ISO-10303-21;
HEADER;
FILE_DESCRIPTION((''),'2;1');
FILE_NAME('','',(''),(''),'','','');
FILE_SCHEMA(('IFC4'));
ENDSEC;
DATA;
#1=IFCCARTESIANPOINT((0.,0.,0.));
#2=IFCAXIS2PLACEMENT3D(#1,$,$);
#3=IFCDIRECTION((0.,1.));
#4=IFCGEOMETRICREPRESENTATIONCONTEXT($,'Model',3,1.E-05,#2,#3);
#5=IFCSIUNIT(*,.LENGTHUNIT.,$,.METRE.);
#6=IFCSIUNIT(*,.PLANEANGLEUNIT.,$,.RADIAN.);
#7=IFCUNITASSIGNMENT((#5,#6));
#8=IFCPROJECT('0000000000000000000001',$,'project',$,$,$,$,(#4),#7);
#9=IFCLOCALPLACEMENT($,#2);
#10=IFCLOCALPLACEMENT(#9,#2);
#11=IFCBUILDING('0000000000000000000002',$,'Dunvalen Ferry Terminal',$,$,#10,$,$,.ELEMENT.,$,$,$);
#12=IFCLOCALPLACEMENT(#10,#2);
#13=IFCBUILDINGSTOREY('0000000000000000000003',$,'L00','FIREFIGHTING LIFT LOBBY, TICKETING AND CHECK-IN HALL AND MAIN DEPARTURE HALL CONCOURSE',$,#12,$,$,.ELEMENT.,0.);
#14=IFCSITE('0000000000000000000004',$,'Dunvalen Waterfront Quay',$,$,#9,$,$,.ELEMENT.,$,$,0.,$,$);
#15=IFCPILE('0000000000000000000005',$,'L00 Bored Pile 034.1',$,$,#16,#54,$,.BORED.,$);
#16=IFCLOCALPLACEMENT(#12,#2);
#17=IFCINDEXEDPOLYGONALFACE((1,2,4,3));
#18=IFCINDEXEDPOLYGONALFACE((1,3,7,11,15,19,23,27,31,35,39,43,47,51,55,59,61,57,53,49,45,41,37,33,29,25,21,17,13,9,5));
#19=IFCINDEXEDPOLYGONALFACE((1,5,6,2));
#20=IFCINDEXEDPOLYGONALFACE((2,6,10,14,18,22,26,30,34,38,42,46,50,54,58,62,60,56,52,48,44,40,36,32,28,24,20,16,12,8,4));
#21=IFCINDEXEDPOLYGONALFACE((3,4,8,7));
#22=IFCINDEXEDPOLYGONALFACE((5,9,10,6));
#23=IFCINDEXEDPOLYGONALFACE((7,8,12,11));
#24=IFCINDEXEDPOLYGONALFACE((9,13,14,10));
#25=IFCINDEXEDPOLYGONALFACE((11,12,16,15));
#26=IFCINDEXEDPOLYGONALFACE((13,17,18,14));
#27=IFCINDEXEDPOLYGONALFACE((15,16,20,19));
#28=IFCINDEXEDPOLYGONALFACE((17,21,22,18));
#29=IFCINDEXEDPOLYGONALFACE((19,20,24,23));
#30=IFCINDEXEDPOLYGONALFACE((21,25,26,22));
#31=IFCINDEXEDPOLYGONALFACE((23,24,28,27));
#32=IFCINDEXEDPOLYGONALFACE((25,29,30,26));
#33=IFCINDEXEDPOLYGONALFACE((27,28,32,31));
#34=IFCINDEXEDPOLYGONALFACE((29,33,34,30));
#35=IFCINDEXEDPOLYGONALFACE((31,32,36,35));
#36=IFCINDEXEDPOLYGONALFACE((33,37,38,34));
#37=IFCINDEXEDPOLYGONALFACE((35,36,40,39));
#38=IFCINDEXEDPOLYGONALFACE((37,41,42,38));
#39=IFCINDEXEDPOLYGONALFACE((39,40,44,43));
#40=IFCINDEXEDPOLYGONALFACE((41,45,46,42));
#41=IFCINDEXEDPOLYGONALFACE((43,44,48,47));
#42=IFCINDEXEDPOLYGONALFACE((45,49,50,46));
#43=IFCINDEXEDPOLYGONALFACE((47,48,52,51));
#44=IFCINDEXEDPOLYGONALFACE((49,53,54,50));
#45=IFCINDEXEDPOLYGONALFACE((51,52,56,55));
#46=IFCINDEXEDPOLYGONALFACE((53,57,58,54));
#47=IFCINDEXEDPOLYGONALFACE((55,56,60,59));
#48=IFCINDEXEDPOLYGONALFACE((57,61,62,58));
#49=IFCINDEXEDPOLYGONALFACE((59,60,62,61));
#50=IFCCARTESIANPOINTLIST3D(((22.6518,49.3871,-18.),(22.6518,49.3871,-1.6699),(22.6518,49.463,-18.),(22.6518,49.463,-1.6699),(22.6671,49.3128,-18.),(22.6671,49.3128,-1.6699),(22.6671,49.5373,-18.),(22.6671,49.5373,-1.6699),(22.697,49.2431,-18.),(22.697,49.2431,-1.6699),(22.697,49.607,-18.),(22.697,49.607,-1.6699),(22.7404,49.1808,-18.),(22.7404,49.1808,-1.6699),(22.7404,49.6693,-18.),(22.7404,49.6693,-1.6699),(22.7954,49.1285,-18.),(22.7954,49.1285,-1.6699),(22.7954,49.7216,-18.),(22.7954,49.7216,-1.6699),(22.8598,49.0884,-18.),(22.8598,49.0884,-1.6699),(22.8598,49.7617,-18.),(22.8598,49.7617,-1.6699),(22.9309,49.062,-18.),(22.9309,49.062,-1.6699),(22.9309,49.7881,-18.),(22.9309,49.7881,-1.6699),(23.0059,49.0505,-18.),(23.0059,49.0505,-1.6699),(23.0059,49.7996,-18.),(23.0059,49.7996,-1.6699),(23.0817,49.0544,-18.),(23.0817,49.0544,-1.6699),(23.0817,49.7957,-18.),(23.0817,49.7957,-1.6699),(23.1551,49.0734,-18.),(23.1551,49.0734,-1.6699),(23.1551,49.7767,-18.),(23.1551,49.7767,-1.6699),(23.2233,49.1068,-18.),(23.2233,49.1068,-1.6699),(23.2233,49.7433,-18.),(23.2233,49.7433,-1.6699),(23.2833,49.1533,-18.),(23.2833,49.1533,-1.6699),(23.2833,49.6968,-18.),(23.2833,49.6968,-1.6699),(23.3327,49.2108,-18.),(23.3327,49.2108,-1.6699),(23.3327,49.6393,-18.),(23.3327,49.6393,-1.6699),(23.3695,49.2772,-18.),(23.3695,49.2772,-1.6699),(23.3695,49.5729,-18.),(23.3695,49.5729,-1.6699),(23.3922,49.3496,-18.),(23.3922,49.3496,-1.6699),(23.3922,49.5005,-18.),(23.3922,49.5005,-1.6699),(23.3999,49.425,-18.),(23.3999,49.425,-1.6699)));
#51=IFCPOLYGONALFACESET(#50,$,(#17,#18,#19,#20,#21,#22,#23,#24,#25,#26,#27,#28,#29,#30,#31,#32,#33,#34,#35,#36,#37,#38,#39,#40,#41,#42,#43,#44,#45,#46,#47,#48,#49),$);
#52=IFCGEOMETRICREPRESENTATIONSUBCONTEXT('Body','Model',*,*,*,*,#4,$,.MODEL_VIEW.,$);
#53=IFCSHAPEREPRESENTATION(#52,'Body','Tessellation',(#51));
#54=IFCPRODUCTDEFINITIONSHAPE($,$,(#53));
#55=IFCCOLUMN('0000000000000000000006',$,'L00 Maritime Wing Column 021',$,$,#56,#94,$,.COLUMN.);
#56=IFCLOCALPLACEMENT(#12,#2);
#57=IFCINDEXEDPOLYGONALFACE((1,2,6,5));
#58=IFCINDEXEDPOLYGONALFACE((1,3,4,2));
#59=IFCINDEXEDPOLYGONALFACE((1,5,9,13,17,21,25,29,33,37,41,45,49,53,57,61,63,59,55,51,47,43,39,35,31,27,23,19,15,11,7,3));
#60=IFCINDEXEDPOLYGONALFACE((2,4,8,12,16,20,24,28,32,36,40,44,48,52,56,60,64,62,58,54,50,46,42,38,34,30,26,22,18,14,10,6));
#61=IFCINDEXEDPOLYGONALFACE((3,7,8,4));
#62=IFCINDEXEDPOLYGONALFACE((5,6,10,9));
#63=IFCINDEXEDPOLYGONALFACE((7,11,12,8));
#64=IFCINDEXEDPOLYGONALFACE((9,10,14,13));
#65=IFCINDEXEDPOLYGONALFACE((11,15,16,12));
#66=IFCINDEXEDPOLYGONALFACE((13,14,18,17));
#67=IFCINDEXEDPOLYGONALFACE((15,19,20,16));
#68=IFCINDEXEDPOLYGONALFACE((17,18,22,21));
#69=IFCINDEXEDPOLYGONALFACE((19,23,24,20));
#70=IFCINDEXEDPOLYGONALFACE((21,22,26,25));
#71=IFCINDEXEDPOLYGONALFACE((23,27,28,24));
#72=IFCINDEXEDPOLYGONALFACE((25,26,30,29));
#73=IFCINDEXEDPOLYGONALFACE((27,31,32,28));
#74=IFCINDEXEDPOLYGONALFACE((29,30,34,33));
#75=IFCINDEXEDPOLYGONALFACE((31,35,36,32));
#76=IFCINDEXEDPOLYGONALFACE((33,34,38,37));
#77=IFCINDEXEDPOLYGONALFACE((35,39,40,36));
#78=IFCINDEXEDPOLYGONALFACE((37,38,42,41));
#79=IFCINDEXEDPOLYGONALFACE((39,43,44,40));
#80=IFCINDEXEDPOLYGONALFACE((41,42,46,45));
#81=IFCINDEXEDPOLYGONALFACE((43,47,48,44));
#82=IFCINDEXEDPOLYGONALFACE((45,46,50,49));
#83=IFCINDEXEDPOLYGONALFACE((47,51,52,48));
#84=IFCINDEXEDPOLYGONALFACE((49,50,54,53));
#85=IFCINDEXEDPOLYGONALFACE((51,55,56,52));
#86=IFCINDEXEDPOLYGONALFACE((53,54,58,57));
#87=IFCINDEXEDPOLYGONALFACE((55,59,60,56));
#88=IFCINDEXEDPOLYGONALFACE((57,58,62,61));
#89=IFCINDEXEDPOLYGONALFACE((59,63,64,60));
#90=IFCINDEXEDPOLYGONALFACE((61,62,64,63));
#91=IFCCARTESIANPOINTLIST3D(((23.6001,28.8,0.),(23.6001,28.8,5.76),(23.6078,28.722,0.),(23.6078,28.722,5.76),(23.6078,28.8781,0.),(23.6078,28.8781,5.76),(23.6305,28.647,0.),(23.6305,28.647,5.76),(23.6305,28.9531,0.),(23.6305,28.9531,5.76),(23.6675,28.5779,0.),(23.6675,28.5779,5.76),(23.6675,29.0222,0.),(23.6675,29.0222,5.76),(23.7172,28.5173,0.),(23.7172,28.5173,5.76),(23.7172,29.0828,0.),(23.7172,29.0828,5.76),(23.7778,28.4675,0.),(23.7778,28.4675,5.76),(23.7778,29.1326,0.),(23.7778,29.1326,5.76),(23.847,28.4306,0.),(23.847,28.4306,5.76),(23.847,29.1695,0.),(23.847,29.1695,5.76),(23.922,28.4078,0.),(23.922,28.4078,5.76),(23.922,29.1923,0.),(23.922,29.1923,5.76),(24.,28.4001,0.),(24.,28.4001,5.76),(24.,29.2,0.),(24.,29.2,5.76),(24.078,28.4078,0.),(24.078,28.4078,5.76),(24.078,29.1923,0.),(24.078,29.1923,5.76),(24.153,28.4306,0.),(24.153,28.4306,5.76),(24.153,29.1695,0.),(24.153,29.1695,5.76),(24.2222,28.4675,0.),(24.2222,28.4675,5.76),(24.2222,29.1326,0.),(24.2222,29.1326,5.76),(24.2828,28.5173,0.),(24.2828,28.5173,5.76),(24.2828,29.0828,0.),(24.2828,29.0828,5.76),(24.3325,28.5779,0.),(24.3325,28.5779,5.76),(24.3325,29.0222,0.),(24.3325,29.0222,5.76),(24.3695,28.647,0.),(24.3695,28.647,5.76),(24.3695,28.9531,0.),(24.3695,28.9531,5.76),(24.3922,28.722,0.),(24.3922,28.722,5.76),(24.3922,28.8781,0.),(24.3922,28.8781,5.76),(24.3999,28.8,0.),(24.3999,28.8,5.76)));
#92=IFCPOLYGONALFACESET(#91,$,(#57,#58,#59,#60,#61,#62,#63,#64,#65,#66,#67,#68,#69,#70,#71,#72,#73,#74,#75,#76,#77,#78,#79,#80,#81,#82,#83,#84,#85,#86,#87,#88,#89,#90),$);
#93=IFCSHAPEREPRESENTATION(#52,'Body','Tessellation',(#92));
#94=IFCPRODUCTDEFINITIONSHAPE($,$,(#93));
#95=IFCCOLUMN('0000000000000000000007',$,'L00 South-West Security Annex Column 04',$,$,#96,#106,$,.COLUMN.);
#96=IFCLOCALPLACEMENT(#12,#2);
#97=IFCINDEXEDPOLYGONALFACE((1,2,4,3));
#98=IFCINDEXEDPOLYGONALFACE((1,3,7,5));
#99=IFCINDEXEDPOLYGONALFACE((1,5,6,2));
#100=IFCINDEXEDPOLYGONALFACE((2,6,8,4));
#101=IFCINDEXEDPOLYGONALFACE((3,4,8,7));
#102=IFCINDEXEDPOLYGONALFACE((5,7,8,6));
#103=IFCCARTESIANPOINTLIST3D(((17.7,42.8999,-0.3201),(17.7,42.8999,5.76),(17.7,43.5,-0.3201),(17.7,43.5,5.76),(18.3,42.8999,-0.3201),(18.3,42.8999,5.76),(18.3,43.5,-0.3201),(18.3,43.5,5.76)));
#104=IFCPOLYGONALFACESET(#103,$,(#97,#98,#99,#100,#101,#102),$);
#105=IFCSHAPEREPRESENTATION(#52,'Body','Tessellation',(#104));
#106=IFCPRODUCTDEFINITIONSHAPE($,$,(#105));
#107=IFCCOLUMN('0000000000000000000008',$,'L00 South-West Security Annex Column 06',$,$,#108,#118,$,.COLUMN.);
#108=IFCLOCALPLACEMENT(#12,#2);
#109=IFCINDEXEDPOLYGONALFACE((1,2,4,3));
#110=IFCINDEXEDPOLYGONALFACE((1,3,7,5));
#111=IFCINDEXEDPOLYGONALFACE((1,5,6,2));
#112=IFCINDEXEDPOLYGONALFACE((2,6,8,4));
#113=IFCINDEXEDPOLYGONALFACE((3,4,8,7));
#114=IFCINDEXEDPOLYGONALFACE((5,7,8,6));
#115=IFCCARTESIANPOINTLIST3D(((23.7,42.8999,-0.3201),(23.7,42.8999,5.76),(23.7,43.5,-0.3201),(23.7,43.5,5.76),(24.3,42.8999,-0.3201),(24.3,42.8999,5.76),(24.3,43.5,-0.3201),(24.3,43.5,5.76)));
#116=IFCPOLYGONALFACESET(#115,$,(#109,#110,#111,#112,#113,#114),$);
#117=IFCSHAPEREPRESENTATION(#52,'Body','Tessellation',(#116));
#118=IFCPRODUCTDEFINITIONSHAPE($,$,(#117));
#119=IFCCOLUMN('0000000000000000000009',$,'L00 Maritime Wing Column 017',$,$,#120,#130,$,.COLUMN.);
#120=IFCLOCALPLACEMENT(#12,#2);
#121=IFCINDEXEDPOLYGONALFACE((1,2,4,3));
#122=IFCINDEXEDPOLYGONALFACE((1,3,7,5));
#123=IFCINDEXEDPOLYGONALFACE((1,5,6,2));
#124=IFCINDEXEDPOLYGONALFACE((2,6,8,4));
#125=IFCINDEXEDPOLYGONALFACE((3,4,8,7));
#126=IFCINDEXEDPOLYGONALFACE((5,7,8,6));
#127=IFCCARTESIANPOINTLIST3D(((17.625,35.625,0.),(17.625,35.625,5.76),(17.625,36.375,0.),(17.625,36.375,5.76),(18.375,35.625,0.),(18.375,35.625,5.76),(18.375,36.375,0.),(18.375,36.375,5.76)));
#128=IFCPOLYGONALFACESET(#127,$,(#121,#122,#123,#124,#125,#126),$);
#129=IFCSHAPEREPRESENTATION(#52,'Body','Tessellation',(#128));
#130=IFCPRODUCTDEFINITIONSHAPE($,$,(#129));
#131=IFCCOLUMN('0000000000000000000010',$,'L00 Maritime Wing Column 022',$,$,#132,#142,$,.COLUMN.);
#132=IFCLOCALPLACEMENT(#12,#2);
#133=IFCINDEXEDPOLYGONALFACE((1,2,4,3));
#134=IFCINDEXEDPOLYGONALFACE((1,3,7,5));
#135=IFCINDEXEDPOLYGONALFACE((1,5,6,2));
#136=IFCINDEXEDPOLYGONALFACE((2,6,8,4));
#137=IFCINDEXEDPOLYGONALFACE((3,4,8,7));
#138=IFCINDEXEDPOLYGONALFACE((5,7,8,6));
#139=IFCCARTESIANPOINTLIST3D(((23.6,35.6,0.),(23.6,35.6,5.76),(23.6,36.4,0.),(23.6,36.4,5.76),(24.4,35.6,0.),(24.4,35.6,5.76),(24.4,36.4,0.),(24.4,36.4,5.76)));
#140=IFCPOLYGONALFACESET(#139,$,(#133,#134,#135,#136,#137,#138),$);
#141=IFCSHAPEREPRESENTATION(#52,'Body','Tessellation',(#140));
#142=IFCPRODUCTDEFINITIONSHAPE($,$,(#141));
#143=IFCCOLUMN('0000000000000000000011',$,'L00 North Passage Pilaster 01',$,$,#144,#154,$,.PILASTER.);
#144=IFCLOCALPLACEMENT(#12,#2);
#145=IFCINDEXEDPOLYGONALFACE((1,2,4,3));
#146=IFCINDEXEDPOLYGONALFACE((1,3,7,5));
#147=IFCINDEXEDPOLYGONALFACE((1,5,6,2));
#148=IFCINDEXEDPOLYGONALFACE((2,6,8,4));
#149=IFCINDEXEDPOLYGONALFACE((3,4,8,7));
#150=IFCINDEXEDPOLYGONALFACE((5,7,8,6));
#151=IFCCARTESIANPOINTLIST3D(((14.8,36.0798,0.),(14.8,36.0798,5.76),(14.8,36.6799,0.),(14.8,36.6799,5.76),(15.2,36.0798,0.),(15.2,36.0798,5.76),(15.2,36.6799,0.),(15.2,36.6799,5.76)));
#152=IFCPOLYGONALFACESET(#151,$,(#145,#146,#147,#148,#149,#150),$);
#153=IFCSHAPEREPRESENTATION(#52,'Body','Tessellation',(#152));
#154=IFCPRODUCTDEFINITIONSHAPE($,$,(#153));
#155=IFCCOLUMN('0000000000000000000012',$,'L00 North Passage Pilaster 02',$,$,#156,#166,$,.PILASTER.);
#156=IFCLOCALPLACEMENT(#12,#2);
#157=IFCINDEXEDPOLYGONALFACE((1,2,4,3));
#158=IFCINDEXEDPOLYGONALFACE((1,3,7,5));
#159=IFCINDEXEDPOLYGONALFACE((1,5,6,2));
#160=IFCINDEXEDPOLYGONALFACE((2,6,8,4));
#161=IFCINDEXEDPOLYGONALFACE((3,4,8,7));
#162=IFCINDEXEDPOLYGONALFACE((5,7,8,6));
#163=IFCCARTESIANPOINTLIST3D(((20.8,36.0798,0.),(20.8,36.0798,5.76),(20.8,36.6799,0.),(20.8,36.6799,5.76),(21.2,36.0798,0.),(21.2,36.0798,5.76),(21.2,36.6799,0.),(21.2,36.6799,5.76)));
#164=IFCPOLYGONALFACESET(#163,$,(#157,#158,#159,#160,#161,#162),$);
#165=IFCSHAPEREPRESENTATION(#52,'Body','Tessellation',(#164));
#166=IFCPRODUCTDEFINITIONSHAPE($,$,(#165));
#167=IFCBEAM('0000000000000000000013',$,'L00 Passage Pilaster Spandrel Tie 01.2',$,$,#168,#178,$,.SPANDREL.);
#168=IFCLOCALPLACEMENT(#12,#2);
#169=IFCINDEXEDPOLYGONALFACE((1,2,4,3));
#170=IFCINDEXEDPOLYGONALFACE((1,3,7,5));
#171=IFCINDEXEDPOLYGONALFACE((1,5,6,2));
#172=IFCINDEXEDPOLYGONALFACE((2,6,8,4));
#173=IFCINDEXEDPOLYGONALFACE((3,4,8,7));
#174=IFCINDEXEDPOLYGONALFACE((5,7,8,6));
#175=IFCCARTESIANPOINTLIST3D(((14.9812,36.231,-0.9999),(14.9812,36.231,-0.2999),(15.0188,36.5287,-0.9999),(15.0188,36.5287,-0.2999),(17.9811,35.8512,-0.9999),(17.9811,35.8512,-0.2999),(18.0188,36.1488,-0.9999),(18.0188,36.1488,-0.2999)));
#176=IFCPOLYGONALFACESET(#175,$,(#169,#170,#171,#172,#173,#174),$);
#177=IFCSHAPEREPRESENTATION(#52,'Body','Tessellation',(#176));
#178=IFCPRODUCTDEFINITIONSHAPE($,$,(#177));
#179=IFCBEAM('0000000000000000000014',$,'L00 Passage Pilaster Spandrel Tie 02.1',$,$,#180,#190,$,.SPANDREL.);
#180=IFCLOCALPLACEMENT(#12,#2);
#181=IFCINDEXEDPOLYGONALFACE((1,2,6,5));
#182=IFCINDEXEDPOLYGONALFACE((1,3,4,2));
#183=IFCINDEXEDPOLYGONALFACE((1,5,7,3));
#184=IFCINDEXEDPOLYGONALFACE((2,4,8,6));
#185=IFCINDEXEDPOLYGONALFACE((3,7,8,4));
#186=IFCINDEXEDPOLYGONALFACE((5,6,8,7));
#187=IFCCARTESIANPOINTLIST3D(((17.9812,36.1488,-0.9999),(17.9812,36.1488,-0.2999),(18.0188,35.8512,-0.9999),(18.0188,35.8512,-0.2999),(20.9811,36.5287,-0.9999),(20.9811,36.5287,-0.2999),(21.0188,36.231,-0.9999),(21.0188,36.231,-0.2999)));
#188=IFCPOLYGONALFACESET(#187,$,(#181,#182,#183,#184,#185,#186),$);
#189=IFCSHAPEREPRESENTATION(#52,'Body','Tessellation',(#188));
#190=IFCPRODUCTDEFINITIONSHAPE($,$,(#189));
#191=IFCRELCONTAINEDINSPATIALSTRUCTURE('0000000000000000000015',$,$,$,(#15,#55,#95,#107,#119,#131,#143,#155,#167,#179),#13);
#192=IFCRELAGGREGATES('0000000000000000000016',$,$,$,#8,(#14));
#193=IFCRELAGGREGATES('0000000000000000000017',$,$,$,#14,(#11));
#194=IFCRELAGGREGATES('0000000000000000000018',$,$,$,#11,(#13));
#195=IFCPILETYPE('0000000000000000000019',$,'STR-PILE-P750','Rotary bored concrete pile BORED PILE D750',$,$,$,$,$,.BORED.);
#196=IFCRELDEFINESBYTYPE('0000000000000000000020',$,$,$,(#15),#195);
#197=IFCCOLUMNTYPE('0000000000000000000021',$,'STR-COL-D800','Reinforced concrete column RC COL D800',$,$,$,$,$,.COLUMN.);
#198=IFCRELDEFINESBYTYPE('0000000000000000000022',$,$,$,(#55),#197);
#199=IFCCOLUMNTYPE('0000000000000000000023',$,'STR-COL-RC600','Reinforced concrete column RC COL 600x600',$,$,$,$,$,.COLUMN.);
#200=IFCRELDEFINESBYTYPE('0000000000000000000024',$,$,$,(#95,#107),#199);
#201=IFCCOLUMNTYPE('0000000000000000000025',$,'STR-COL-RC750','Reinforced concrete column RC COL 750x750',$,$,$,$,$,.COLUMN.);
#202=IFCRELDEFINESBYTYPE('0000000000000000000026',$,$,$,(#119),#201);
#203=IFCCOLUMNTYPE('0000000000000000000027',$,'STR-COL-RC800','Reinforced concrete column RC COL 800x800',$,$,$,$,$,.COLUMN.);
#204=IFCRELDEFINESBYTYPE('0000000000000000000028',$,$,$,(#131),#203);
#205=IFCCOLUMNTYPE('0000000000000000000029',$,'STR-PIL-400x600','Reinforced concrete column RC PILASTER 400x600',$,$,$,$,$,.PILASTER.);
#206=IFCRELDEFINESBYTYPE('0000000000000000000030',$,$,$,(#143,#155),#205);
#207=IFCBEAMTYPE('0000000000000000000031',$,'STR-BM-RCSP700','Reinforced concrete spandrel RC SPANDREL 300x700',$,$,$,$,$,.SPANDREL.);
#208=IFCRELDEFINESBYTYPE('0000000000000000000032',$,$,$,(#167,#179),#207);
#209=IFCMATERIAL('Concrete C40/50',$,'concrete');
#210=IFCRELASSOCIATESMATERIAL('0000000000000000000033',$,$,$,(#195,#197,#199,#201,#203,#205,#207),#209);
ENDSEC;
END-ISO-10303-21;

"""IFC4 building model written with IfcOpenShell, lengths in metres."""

from ifc_helpers import new_model, si_unit, direction, frame, origin, origin_2d, place, context, subcontext, project, spatial, rectangle, circle, extrude, material, material_profile, profile_set, type_object, element, save


model = new_model("IFC4")

# Units and contexts
model_context = context("Model", 3, precision=1e-05, world=origin(), true_north=direction((0.0, 1.0)))
body_context = subcontext(model_context, "Body", "Model", "MODEL_VIEW")
ifc_project = project(units=[si_unit("LENGTHUNIT", "METRE"), si_unit("PLANEANGLEUNIT", "RADIAN")], contexts=[model_context])

# Site, building, storey
site_placement = place(None, origin())
site = spatial("IfcSite", under=ifc_project, at=site_placement, Name="Dunvalen Waterfront Quay", CompositionType="ELEMENT", RefElevation=0.0)
building_placement = place(site_placement, origin())
building = spatial("IfcBuilding", under=site, at=building_placement, Name="Dunvalen Ferry Terminal", CompositionType="ELEMENT")
storey_placement = place(building_placement, origin())
storey = spatial("IfcBuildingStorey", under=building, at=storey_placement, Name="L00", Description="FIREFIGHTING LIFT LOBBY, TICKETING AND CHECK-IN HALL AND MAIN DEPARTURE HALL CONCOURSE", CompositionType="ELEMENT", Elevation=0.0)

# Shared definitions
ifc_material_1 = material(Name="Concrete C40/50", Category="concrete")

# Pile
ifc_material_profile_1 = material_profile(ifc_material_1, circle(Radius=0.375, at=origin_2d()), Name="Concrete C40/50")
ifc_profile_set_1 = profile_set([ifc_material_profile_1], Name="Concrete C40/50")
pile_type_1 = type_object("IfcPileType", Name="STR-PILE-P750", Description="Rotary bored concrete pile BORED PILE D750", PredefinedType="BORED", material=ifc_profile_set_1)
pile_1_placement = place(storey_placement, frame((23.0249, 49.425, -1.6699), z_axis=(0.0, 0.0, -1.0), x_axis=(1.0, 0.0, 0.0)))
element("IfcPile", 1, at=pile_1_placement, inside=storey, type_object=pile_type_1, Name="L00 Bored Pile 034.1", PredefinedType="BORED", context=body_context, shape_type="SweptSolid", body=[
    extrude(circle(Radius=0.375, at=origin_2d()), origin(), (0.0, 0.0, 1.0), 16.3301),
])

# Columns
ifc_material_profile_2 = material_profile(ifc_material_1, circle(Radius=0.3999, at=origin_2d()), Name="Concrete C40/50")
ifc_profile_set_2 = profile_set([ifc_material_profile_2], Name="Concrete C40/50")
column_type_1 = type_object("IfcColumnType", Name="STR-COL-D800", Description="Reinforced concrete column RC COL D800", PredefinedType="COLUMN", material=ifc_profile_set_2)
column_1_placement = place(storey_placement, frame((24.0, 28.8, 0.0), z_axis=(0.0, 0.0, 1.0), x_axis=(1.0, 0.0, 0.0)))
element("IfcColumn", 2, at=column_1_placement, inside=storey, type_object=column_type_1, Name="L00 Maritime Wing Column 021", PredefinedType="COLUMN", context=body_context, shape_type="SweptSolid", body=[
    extrude(circle(Radius=0.3999, at=origin_2d()), origin(), (0.0, 0.0, 1.0), 5.76),
])
ifc_material_profile_3 = material_profile(ifc_material_1, rectangle(XDim=0.6001, YDim=0.6001, at=origin_2d()), Name="Concrete C40/50")
ifc_profile_set_3 = profile_set([ifc_material_profile_3], Name="Concrete C40/50")
column_type_2 = type_object("IfcColumnType", Name="STR-COL-RC600", Description="Reinforced concrete column RC COL 600x600", PredefinedType="COLUMN", material=ifc_profile_set_3)
for number, where, z_axis, x_axis, name in (
    (3, (18.0, 43.2, -0.3201), (0.0, 0.0, 1.0), (1.0, 0.0, 0.0), "L00 South-West Security Annex Column 04"),
    (4, (24.0, 43.2, -0.3201), (0.0, 0.0, 1.0), (1.0, 0.0, 0.0), "L00 South-West Security Annex Column 06"),
):
    element("IfcColumn", number, at=place(storey_placement, frame(where, z_axis=z_axis, x_axis=x_axis)), inside=storey, type_object=column_type_2, Name=name, PredefinedType="COLUMN", context=body_context, shape_type="SweptSolid", body=[
        extrude(rectangle(XDim=0.6001, YDim=0.6001, at=origin_2d()), origin(), (0.0, 0.0, 1.0), 6.0801),
    ])
ifc_material_profile_4 = material_profile(ifc_material_1, rectangle(XDim=0.75, YDim=0.75, at=origin_2d()), Name="Concrete C40/50")
ifc_profile_set_4 = profile_set([ifc_material_profile_4], Name="Concrete C40/50")
column_type_3 = type_object("IfcColumnType", Name="STR-COL-RC750", Description="Reinforced concrete column RC COL 750x750", PredefinedType="COLUMN", material=ifc_profile_set_4)
column_2_placement = place(storey_placement, frame((18.0, 36.0, 0.0), z_axis=(0.0, 0.0, 1.0), x_axis=(1.0, 0.0, 0.0)))
element("IfcColumn", 5, at=column_2_placement, inside=storey, type_object=column_type_3, Name="L00 Maritime Wing Column 017", PredefinedType="COLUMN", context=body_context, shape_type="SweptSolid", body=[
    extrude(rectangle(XDim=0.75, YDim=0.75, at=origin_2d()), origin(), (0.0, 0.0, 1.0), 5.76),
])
ifc_material_profile_5 = material_profile(ifc_material_1, rectangle(XDim=0.8, YDim=0.8, at=origin_2d()), Name="Concrete C40/50")
ifc_profile_set_5 = profile_set([ifc_material_profile_5], Name="Concrete C40/50")
column_type_4 = type_object("IfcColumnType", Name="STR-COL-RC800", Description="Reinforced concrete column RC COL 800x800", PredefinedType="COLUMN", material=ifc_profile_set_5)
column_3_placement = place(storey_placement, frame((24.0, 36.0, 0.0), z_axis=(0.0, 0.0, 1.0), x_axis=(1.0, 0.0, 0.0)))
element("IfcColumn", 6, at=column_3_placement, inside=storey, type_object=column_type_4, Name="L00 Maritime Wing Column 022", PredefinedType="COLUMN", context=body_context, shape_type="SweptSolid", body=[
    extrude(rectangle(XDim=0.8, YDim=0.8, at=origin_2d()), origin(), (0.0, 0.0, 1.0), 5.76),
])
ifc_material_profile_6 = material_profile(ifc_material_1, rectangle(XDim=0.3999, YDim=0.6001, at=origin_2d()), Name="Concrete C40/50")
ifc_profile_set_6 = profile_set([ifc_material_profile_6], Name="Concrete C40/50")
column_type_5 = type_object("IfcColumnType", Name="STR-PIL-400x600", Description="Reinforced concrete column RC PILASTER 400x600", PredefinedType="PILASTER", material=ifc_profile_set_6)
for number, where, z_axis, x_axis, name in (
    (7, (15.0, 36.3799, 0.0), (0.0, 0.0, 1.0), (1.0, 0.0, 0.0), "L00 North Passage Pilaster 01"),
    (8, (21.0, 36.3799, 0.0), (0.0, 0.0, 1.0), (1.0, 0.0, 0.0), "L00 North Passage Pilaster 02"),
):
    element("IfcColumn", number, at=place(storey_placement, frame(where, z_axis=z_axis, x_axis=x_axis)), inside=storey, type_object=column_type_5, Name=name, PredefinedType="PILASTER", context=body_context, shape_type="SweptSolid", body=[
        extrude(rectangle(XDim=0.3999, YDim=0.6001, at=origin_2d()), origin(), (0.0, 0.0, 1.0), 5.76),
    ])

# Beams
ifc_material_profile_7 = material_profile(ifc_material_1, rectangle(XDim=0.3, YDim=0.7, at=origin_2d()), Name="Concrete C40/50")
ifc_profile_set_7 = profile_set([ifc_material_profile_7], Name="Concrete C40/50")
beam_type = type_object("IfcBeamType", Name="STR-BM-RCSP700", Description="Reinforced concrete spandrel RC SPANDREL 300x700", PredefinedType="SPANDREL", material=ifc_profile_set_7)
for number, where, z_axis, x_axis, name in (
    (9, (15.0, 36.3799, -0.6499), (0.992078, -0.125624, 0.0), (0.125624, 0.992078, 0.0), "L00 Passage Pilaster Spandrel Tie 01.2"),
    (10, (18.0, 36.0, -0.6499), (0.992078, 0.125624, 0.0), (-0.125624, 0.992078, 0.0), "L00 Passage Pilaster Spandrel Tie 02.1"),
):
    element("IfcBeam", number, at=place(storey_placement, frame(where, z_axis=z_axis, x_axis=x_axis)), inside=storey, type_object=beam_type, Name=name, PredefinedType="SPANDREL", context=body_context, shape_type="SweptSolid", body=[
        extrude(rectangle(XDim=0.3, YDim=0.7, at=origin_2d()), origin(), (0.0, 0.0, 1.0), 3.0239),
    ])

save(model, "model.ifc")
